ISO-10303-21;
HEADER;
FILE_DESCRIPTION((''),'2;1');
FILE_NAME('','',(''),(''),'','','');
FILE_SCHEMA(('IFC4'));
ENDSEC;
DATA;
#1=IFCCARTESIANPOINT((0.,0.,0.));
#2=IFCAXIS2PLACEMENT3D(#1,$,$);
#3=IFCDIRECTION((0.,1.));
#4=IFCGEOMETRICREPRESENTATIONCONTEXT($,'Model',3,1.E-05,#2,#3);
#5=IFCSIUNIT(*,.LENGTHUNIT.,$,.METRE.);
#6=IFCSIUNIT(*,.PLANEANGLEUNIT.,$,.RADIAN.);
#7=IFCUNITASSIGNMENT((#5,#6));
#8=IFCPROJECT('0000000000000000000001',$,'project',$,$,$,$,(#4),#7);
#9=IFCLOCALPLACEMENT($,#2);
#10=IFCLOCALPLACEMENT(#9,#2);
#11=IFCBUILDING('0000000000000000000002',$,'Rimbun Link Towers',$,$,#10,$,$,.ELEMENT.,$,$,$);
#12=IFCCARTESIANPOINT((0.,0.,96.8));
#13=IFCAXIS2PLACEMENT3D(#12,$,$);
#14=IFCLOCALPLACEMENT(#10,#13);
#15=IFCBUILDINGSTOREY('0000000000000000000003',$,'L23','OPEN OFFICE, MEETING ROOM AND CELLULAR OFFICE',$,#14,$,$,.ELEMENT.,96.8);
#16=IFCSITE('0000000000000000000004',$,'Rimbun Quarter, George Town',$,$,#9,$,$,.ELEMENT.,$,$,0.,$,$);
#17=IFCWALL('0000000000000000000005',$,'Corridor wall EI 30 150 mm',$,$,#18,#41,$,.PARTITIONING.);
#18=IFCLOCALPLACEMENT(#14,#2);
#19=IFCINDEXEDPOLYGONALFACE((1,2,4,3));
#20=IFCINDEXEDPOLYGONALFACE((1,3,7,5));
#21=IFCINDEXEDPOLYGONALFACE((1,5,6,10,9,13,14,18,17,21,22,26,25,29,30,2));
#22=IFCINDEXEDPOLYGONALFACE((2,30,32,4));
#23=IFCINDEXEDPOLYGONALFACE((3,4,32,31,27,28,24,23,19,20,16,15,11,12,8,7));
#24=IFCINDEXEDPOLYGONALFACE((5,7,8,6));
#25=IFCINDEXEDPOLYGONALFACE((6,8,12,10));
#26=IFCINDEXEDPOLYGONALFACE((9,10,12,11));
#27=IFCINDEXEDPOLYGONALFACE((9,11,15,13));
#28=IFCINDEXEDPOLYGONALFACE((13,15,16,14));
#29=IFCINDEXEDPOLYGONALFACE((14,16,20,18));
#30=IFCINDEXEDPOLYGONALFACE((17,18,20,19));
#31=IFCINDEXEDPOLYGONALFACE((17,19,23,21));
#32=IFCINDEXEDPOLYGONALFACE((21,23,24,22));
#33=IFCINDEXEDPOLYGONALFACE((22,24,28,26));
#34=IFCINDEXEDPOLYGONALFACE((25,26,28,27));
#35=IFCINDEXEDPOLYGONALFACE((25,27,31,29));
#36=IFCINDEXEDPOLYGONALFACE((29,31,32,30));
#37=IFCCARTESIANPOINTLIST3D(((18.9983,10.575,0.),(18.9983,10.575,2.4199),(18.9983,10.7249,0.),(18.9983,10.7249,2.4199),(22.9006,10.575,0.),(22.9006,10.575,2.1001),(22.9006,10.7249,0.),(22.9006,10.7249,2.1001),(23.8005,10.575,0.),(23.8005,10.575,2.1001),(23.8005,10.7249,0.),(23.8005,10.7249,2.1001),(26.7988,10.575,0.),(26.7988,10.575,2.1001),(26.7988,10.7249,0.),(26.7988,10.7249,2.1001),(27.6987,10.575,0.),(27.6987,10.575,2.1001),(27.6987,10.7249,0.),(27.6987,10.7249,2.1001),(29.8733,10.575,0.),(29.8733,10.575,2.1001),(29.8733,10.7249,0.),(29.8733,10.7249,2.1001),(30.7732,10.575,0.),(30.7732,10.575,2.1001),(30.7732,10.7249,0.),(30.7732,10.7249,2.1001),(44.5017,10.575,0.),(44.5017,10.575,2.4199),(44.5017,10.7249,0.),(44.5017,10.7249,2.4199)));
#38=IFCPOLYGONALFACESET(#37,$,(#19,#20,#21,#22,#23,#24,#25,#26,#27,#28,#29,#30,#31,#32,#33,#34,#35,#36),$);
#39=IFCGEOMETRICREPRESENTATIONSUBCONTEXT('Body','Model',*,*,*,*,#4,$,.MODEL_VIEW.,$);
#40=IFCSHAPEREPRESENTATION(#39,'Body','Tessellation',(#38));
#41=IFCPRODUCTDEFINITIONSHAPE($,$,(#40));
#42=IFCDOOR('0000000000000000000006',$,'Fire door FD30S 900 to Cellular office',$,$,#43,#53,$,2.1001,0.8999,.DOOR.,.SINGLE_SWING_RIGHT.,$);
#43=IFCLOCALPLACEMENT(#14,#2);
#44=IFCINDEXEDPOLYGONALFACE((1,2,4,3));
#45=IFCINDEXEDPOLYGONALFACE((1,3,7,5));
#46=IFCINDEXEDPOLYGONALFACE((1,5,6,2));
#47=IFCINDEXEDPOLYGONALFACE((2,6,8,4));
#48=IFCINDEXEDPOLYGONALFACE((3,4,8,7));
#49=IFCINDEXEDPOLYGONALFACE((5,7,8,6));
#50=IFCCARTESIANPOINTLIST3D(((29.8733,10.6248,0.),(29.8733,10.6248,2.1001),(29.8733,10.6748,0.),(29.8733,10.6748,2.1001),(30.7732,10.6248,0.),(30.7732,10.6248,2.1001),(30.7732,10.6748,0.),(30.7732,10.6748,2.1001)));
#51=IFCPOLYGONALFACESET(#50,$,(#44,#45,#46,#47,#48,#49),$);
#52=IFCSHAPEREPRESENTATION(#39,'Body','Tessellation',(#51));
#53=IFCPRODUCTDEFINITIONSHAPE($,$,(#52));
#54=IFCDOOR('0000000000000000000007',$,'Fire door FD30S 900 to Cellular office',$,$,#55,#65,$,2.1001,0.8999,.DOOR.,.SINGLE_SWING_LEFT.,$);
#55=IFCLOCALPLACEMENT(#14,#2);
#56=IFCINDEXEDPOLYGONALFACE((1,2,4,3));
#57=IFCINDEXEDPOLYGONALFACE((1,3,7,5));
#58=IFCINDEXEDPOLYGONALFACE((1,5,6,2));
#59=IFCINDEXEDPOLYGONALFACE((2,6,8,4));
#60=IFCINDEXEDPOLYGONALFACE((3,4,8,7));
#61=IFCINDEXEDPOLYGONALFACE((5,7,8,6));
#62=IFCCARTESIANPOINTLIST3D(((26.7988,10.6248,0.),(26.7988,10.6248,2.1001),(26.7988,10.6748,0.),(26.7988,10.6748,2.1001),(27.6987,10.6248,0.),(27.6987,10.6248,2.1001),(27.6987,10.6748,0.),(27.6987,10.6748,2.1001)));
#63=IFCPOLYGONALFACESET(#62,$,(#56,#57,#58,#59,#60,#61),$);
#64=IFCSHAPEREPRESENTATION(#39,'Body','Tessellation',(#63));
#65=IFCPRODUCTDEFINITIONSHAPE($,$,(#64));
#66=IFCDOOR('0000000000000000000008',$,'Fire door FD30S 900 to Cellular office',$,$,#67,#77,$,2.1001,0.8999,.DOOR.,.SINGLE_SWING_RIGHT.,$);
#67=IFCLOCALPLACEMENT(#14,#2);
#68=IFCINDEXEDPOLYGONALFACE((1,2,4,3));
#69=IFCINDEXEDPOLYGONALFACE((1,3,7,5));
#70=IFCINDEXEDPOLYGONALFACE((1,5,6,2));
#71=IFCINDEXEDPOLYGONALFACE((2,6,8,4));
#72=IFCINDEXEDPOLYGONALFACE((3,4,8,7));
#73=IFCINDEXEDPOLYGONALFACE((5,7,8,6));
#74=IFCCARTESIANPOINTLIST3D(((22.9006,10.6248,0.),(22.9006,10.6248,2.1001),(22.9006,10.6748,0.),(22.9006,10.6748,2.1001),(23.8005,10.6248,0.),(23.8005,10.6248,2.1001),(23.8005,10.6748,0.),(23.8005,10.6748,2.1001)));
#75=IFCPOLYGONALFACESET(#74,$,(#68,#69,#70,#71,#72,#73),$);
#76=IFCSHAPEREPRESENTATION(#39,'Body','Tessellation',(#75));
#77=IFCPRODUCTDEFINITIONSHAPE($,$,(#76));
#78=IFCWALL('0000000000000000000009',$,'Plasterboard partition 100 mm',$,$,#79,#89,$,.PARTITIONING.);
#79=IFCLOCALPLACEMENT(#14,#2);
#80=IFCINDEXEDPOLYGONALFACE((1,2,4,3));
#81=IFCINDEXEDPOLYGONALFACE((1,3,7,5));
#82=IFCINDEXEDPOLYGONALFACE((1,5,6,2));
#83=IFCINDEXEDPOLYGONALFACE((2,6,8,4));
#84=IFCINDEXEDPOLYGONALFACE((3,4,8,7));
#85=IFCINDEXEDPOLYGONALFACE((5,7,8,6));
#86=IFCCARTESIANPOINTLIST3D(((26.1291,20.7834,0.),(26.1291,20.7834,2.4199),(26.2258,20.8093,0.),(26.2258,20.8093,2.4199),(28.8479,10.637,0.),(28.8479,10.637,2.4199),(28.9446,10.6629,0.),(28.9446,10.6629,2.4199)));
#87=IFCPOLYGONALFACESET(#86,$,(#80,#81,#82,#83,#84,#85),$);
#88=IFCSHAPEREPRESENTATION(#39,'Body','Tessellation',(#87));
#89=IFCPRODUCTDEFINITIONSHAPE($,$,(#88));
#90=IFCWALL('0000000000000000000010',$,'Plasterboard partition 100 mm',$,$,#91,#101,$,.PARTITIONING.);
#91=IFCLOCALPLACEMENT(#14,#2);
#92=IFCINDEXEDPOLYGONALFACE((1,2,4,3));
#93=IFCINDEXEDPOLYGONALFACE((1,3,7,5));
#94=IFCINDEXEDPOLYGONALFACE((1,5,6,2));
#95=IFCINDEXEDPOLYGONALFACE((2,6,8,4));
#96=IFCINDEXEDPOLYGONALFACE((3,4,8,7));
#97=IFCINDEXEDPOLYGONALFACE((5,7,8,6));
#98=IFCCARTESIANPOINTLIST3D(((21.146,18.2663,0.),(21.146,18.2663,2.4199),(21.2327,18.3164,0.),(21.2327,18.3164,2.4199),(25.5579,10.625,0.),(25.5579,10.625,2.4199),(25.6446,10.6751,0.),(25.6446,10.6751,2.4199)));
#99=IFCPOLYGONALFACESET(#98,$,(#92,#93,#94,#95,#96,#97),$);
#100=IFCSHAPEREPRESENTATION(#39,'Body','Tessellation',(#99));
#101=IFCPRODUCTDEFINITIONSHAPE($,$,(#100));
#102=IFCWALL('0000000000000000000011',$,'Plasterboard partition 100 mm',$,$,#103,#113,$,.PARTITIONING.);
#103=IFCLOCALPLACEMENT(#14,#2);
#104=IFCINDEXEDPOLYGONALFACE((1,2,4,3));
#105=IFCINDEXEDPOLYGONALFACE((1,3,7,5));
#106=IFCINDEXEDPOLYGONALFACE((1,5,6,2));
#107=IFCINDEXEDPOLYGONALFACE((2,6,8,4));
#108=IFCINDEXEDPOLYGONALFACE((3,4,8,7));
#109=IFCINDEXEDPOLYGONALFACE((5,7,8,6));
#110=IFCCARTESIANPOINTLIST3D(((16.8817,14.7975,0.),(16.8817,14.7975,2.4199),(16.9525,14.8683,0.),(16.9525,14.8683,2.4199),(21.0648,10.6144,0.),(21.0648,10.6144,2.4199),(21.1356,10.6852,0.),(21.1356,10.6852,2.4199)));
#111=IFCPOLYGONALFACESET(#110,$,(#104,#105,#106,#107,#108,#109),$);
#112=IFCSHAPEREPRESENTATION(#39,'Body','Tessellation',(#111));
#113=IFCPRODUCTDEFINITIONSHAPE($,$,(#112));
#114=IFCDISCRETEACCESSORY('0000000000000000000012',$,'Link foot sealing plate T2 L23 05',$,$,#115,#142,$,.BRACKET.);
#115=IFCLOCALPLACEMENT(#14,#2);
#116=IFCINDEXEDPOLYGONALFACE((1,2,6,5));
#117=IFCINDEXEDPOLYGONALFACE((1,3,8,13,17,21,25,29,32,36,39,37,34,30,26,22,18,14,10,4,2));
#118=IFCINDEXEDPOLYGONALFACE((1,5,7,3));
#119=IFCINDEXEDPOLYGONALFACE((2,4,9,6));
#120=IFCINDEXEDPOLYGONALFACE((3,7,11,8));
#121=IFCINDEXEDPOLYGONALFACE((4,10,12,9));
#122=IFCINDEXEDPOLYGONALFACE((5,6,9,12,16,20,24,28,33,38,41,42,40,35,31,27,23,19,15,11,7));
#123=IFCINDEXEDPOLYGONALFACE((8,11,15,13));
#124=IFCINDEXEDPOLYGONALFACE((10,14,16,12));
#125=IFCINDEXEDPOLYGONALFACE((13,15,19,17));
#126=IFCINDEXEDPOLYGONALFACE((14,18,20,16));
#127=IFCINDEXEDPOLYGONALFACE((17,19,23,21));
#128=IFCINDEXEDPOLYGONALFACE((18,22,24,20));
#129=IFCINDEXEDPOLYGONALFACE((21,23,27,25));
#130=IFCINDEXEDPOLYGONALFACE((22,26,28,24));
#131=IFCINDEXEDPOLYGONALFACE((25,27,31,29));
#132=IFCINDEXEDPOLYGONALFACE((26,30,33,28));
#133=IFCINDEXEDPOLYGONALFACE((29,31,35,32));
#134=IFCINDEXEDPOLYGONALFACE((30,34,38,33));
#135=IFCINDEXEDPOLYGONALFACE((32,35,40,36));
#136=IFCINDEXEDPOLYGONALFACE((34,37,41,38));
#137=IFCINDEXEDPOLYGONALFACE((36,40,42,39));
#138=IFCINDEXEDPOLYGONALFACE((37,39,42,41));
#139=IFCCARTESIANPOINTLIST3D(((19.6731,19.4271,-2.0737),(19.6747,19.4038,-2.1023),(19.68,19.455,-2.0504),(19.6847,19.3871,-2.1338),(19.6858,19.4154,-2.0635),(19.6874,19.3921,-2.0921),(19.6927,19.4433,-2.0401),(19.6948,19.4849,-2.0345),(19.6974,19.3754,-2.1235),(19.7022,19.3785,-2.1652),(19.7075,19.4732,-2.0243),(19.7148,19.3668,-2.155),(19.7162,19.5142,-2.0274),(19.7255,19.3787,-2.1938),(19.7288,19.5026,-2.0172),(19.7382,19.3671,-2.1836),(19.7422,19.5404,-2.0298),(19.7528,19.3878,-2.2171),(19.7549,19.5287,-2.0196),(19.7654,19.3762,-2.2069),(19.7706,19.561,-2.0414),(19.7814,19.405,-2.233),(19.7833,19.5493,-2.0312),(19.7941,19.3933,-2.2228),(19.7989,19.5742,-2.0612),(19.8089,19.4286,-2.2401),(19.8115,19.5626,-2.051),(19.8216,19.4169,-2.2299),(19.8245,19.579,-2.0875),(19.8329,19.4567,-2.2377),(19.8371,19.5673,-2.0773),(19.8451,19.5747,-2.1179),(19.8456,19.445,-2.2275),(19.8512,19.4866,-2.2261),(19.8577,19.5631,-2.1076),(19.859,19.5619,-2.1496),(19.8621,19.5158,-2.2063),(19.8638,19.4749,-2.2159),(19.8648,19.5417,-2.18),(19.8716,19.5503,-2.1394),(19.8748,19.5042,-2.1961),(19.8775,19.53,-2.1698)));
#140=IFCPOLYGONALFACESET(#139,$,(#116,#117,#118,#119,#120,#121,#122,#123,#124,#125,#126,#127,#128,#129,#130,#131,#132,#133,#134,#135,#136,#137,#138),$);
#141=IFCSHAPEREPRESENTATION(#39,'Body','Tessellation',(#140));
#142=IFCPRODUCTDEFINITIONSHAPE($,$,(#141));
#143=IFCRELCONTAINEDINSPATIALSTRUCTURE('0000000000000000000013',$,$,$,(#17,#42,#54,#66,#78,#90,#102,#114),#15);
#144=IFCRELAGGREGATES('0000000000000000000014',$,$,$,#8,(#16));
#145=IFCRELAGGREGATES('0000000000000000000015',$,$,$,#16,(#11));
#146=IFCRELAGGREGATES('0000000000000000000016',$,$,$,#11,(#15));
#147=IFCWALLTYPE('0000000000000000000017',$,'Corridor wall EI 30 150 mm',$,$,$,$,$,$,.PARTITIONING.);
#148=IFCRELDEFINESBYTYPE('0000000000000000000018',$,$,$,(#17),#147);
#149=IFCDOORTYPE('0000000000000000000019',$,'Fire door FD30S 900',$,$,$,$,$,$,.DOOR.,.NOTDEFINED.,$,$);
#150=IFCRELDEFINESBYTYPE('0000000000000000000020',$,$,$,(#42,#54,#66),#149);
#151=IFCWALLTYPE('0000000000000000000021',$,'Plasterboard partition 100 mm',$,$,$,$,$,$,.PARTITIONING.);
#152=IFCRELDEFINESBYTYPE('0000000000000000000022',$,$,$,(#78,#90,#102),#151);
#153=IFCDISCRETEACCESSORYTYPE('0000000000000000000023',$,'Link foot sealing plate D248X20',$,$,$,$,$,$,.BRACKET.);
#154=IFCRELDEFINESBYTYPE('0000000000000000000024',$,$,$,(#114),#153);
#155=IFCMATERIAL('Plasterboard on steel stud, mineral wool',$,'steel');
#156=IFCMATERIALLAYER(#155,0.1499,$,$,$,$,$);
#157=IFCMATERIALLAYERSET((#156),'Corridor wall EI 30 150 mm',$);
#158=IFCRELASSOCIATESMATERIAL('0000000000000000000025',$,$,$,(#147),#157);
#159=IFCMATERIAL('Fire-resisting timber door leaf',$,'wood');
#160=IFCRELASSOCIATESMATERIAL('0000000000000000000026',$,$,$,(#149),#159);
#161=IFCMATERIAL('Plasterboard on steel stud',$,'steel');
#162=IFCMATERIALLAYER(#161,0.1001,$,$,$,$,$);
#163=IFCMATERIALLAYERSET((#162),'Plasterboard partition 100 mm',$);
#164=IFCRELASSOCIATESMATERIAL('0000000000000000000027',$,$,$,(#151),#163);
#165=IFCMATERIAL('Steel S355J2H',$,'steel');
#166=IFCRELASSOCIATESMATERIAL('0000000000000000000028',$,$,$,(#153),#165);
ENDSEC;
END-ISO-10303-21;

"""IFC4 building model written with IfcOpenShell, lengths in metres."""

from ifc_helpers import new_model, si_unit, direction, frame, frame_2d, origin, origin_2d, place, context, subcontext, project, spatial, rectangle, circle, extrude, material, layer, layer_set, material_profile, profile_set, type_object, element, fill, save


model = new_model("IFC4")

# Units and contexts
model_context = context("Model", 3, precision=1e-05, world=origin(), true_north=direction((0.0, 1.0)))
body_context = subcontext(model_context, "Body", "Model", "MODEL_VIEW")
ifc_project = project(units=[si_unit("LENGTHUNIT", "METRE"), si_unit("PLANEANGLEUNIT", "RADIAN")], contexts=[model_context])

# Site, building, storey
site_placement = place(None, origin())
site = spatial("IfcSite", under=ifc_project, at=site_placement, Name="Rimbun Quarter, George Town", CompositionType="ELEMENT", RefElevation=0.0)
building_placement = place(site_placement, origin())
building = spatial("IfcBuilding", under=site, at=building_placement, Name="Rimbun Link Towers", CompositionType="ELEMENT")
storey_placement = place(building_placement, frame((0.0, 0.0, 96.8)))
storey = spatial("IfcBuildingStorey", under=building, at=storey_placement, Name="L23", Description="OPEN OFFICE, MEETING ROOM AND CELLULAR OFFICE", CompositionType="ELEMENT", Elevation=96.8)

# Wall, openings, doors
ifc_material_1 = material(Name="Plasterboard on steel stud, mineral wool", Category="steel")
ifc_layer_1 = layer(ifc_material_1, 0.1499)
ifc_layer_set_1 = layer_set([ifc_layer_1], Name="Corridor wall EI 30 150 mm")
wall_type_1 = type_object("IfcWallType", Name="Corridor wall EI 30 150 mm", PredefinedType="PARTITIONING", material=ifc_layer_set_1)
wall_1_placement = place(storey_placement, frame((18.9983, 10.6499, 0.0), z_axis=(0.0, 0.0, 1.0), x_axis=(1.0, 0.0, 0.0)))
wall_1 = element("IfcWall", 1, at=wall_1_placement, inside=storey, type_object=wall_type_1, Name="Corridor wall EI 30 150 mm", PredefinedType="PARTITIONING", context=body_context, shape_type="SweptSolid", body=[
    extrude(rectangle(XDim=25.5034, YDim=0.1499, at=frame_2d((12.7517, 0.0))), origin(), (0.0, 0.0, 1.0), 2.4199),
])
opening_1_placement = place(wall_1_placement, frame((10.875, 0.0, 0.0)))
opening_1 = element("IfcOpeningElement", 2, at=opening_1_placement, cuts=wall_1, PredefinedType="OPENING", context=body_context, shape_type="SweptSolid", body=[
    extrude(rectangle(XDim=0.8999, YDim=2.1001, at=frame_2d((0.45, 1.05))), frame((0.0, 0.085, 0.0), z_axis=(0.0, -1.0, 0.0), x_axis=(1.0, 0.0, 0.0)), (0.0, 0.0, 1.0), 0.1699),
])
opening_2_placement = place(wall_1_placement, frame((7.8005, 0.0, 0.0)))
opening_2 = element("IfcOpeningElement", 3, at=opening_2_placement, cuts=wall_1, PredefinedType="OPENING", context=body_context, shape_type="SweptSolid", body=[
    extrude(rectangle(XDim=0.8999, YDim=2.1001, at=frame_2d((0.45, 1.05))), frame((0.0, 0.085, 0.0), z_axis=(0.0, -1.0, 0.0), x_axis=(1.0, 0.0, 0.0)), (0.0, 0.0, 1.0), 0.1699),
])
opening_3_placement = place(wall_1_placement, frame((3.9023, 0.0, 0.0)))
opening_3 = element("IfcOpeningElement", 4, at=opening_3_placement, cuts=wall_1, PredefinedType="OPENING", context=body_context, shape_type="SweptSolid", body=[
    extrude(rectangle(XDim=0.8999, YDim=2.1001, at=frame_2d((0.45, 1.05))), frame((0.0, 0.085, 0.0), z_axis=(0.0, -1.0, 0.0), x_axis=(1.0, 0.0, 0.0)), (0.0, 0.0, 1.0), 0.1699),
])
ifc_material_2 = material(Name="Fire-resisting timber door leaf", Category="wood")
door_type = type_object("IfcDoorType", Name="Fire door FD30S 900", OperationType="NOTDEFINED", PredefinedType="DOOR", material=ifc_material_2)
door_1_placement = place(opening_1_placement, origin())
door_1 = element("IfcDoor", 5, at=door_1_placement, inside=storey, type_object=door_type, Name="Fire door FD30S 900 to Cellular office", OperationType="SINGLE_SWING_RIGHT", OverallHeight=2.1001, OverallWidth=0.8999, PredefinedType="DOOR", context=body_context, shape_type="SweptSolid", body=[
    extrude(rectangle(XDim=0.8999, YDim=2.1001, at=frame_2d((0.45, 1.05))), frame((0.0, 0.0249, 0.0), z_axis=(0.0, -1.0, 0.0), x_axis=(1.0, 0.0, 0.0)), (0.0, 0.0, 1.0), 0.05),
])
fill(opening_1, door_1)
door_2_placement = place(opening_2_placement, origin())
door_2 = element("IfcDoor", 6, at=door_2_placement, inside=storey, type_object=door_type, Name="Fire door FD30S 900 to Cellular office", OperationType="SINGLE_SWING_LEFT", OverallHeight=2.1001, OverallWidth=0.8999, PredefinedType="DOOR", context=body_context, shape_type="SweptSolid", body=[
    extrude(rectangle(XDim=0.8999, YDim=2.1001, at=frame_2d((0.45, 1.05))), frame((0.0, 0.0249, 0.0), z_axis=(0.0, -1.0, 0.0), x_axis=(1.0, 0.0, 0.0)), (0.0, 0.0, 1.0), 0.05),
])
fill(opening_2, door_2)
door_3_placement = place(opening_3_placement, origin())
door_3 = element("IfcDoor", 7, at=door_3_placement, inside=storey, type_object=door_type, Name="Fire door FD30S 900 to Cellular office", OperationType="SINGLE_SWING_RIGHT", OverallHeight=2.1001, OverallWidth=0.8999, PredefinedType="DOOR", context=body_context, shape_type="SweptSolid", body=[
    extrude(rectangle(XDim=0.8999, YDim=2.1001, at=frame_2d((0.45, 1.05))), frame((0.0, 0.0249, 0.0), z_axis=(0.0, -1.0, 0.0), x_axis=(1.0, 0.0, 0.0)), (0.0, 0.0, 1.0), 0.05),
])
fill(opening_3, door_3)

# Walls
ifc_material_3 = material(Name="Plasterboard on steel stud", Category="steel")
ifc_layer_2 = layer(ifc_material_3, 0.1001)
ifc_layer_set_2 = layer_set([ifc_layer_2], Name="Plasterboard partition 100 mm")
wall_type_2 = type_object("IfcWallType", Name="Plasterboard partition 100 mm", PredefinedType="PARTITIONING", material=ifc_layer_set_2)
wall_2_placement = place(storey_placement, frame((26.1775, 20.7964, 0.0), z_axis=(0.0, 0.0, 1.0), x_axis=(0.25882, -0.965926, 0.0)))
element("IfcWall", 8, at=wall_2_placement, inside=storey, type_object=wall_type_2, Name="Plasterboard partition 100 mm", PredefinedType="PARTITIONING", context=body_context, shape_type="SweptSolid", body=[
    extrude(rectangle(XDim=10.5044, YDim=0.1001, at=frame_2d((5.2522, 0.0))), origin(), (0.0, 0.0, 1.0), 2.4199),
])
wall_3_placement = place(storey_placement, frame((21.1895, 18.2913, 0.0), z_axis=(0.0, 0.0, 1.0), x_axis=(0.500011, -0.866019, 0.0)))
element("IfcWall", 9, at=wall_3_placement, inside=storey, type_object=wall_type_2, Name="Plasterboard partition 100 mm", PredefinedType="PARTITIONING", context=body_context, shape_type="SweptSolid", body=[
    extrude(rectangle(XDim=8.8235, YDim=0.1001, at=frame_2d((4.4116, 0.0))), origin(), (0.0, 0.0, 1.0), 2.4199),
])
wall_4_placement = place(storey_placement, frame((16.917, 14.833, 0.0), z_axis=(0.0, 0.0, 1.0), x_axis=(0.707107, -0.707107, 0.0)))
element("IfcWall", 10, at=wall_4_placement, inside=storey, type_object=wall_type_2, Name="Plasterboard partition 100 mm", PredefinedType="PARTITIONING", context=body_context, shape_type="SweptSolid", body=[
    extrude(rectangle(XDim=5.9158, YDim=0.1001, at=frame_2d((2.958, 0.0))), origin(), (0.0, 0.0, 1.0), 2.4199),
])

# Discrete accessory
ifc_material_4 = material(Name="Steel S355J2H", Category="steel")
ifc_material_profile_1 = material_profile(ifc_material_4, circle(Radius=0.124, at=origin_2d()), Name="PL D248")
ifc_profile_set_1 = profile_set([ifc_material_profile_1], Name="Steel S355J2H")
discrete_accessory_type = type_object("IfcDiscreteAccessoryType", Name="Link foot sealing plate D248X20", PredefinedType="BRACKET", material=ifc_profile_set_1)
discrete_accessory_placement = place(storey_placement, frame((19.7815, 19.4666, -2.1235), z_axis=(-0.631895, 0.583288, -0.510377), x_axis=(-0.67828, -0.734803, 0.0)))
element("IfcDiscreteAccessory", 11, at=discrete_accessory_placement, inside=storey, type_object=discrete_accessory_type, Name="Link foot sealing plate T2 L23 05", PredefinedType="BRACKET", context=body_context, shape_type="SweptSolid", body=[
    extrude(circle(Radius=0.124, at=origin_2d()), origin(), (0.0, 0.0, 1.0), 0.02),
])

save(model, "model.ifc")
